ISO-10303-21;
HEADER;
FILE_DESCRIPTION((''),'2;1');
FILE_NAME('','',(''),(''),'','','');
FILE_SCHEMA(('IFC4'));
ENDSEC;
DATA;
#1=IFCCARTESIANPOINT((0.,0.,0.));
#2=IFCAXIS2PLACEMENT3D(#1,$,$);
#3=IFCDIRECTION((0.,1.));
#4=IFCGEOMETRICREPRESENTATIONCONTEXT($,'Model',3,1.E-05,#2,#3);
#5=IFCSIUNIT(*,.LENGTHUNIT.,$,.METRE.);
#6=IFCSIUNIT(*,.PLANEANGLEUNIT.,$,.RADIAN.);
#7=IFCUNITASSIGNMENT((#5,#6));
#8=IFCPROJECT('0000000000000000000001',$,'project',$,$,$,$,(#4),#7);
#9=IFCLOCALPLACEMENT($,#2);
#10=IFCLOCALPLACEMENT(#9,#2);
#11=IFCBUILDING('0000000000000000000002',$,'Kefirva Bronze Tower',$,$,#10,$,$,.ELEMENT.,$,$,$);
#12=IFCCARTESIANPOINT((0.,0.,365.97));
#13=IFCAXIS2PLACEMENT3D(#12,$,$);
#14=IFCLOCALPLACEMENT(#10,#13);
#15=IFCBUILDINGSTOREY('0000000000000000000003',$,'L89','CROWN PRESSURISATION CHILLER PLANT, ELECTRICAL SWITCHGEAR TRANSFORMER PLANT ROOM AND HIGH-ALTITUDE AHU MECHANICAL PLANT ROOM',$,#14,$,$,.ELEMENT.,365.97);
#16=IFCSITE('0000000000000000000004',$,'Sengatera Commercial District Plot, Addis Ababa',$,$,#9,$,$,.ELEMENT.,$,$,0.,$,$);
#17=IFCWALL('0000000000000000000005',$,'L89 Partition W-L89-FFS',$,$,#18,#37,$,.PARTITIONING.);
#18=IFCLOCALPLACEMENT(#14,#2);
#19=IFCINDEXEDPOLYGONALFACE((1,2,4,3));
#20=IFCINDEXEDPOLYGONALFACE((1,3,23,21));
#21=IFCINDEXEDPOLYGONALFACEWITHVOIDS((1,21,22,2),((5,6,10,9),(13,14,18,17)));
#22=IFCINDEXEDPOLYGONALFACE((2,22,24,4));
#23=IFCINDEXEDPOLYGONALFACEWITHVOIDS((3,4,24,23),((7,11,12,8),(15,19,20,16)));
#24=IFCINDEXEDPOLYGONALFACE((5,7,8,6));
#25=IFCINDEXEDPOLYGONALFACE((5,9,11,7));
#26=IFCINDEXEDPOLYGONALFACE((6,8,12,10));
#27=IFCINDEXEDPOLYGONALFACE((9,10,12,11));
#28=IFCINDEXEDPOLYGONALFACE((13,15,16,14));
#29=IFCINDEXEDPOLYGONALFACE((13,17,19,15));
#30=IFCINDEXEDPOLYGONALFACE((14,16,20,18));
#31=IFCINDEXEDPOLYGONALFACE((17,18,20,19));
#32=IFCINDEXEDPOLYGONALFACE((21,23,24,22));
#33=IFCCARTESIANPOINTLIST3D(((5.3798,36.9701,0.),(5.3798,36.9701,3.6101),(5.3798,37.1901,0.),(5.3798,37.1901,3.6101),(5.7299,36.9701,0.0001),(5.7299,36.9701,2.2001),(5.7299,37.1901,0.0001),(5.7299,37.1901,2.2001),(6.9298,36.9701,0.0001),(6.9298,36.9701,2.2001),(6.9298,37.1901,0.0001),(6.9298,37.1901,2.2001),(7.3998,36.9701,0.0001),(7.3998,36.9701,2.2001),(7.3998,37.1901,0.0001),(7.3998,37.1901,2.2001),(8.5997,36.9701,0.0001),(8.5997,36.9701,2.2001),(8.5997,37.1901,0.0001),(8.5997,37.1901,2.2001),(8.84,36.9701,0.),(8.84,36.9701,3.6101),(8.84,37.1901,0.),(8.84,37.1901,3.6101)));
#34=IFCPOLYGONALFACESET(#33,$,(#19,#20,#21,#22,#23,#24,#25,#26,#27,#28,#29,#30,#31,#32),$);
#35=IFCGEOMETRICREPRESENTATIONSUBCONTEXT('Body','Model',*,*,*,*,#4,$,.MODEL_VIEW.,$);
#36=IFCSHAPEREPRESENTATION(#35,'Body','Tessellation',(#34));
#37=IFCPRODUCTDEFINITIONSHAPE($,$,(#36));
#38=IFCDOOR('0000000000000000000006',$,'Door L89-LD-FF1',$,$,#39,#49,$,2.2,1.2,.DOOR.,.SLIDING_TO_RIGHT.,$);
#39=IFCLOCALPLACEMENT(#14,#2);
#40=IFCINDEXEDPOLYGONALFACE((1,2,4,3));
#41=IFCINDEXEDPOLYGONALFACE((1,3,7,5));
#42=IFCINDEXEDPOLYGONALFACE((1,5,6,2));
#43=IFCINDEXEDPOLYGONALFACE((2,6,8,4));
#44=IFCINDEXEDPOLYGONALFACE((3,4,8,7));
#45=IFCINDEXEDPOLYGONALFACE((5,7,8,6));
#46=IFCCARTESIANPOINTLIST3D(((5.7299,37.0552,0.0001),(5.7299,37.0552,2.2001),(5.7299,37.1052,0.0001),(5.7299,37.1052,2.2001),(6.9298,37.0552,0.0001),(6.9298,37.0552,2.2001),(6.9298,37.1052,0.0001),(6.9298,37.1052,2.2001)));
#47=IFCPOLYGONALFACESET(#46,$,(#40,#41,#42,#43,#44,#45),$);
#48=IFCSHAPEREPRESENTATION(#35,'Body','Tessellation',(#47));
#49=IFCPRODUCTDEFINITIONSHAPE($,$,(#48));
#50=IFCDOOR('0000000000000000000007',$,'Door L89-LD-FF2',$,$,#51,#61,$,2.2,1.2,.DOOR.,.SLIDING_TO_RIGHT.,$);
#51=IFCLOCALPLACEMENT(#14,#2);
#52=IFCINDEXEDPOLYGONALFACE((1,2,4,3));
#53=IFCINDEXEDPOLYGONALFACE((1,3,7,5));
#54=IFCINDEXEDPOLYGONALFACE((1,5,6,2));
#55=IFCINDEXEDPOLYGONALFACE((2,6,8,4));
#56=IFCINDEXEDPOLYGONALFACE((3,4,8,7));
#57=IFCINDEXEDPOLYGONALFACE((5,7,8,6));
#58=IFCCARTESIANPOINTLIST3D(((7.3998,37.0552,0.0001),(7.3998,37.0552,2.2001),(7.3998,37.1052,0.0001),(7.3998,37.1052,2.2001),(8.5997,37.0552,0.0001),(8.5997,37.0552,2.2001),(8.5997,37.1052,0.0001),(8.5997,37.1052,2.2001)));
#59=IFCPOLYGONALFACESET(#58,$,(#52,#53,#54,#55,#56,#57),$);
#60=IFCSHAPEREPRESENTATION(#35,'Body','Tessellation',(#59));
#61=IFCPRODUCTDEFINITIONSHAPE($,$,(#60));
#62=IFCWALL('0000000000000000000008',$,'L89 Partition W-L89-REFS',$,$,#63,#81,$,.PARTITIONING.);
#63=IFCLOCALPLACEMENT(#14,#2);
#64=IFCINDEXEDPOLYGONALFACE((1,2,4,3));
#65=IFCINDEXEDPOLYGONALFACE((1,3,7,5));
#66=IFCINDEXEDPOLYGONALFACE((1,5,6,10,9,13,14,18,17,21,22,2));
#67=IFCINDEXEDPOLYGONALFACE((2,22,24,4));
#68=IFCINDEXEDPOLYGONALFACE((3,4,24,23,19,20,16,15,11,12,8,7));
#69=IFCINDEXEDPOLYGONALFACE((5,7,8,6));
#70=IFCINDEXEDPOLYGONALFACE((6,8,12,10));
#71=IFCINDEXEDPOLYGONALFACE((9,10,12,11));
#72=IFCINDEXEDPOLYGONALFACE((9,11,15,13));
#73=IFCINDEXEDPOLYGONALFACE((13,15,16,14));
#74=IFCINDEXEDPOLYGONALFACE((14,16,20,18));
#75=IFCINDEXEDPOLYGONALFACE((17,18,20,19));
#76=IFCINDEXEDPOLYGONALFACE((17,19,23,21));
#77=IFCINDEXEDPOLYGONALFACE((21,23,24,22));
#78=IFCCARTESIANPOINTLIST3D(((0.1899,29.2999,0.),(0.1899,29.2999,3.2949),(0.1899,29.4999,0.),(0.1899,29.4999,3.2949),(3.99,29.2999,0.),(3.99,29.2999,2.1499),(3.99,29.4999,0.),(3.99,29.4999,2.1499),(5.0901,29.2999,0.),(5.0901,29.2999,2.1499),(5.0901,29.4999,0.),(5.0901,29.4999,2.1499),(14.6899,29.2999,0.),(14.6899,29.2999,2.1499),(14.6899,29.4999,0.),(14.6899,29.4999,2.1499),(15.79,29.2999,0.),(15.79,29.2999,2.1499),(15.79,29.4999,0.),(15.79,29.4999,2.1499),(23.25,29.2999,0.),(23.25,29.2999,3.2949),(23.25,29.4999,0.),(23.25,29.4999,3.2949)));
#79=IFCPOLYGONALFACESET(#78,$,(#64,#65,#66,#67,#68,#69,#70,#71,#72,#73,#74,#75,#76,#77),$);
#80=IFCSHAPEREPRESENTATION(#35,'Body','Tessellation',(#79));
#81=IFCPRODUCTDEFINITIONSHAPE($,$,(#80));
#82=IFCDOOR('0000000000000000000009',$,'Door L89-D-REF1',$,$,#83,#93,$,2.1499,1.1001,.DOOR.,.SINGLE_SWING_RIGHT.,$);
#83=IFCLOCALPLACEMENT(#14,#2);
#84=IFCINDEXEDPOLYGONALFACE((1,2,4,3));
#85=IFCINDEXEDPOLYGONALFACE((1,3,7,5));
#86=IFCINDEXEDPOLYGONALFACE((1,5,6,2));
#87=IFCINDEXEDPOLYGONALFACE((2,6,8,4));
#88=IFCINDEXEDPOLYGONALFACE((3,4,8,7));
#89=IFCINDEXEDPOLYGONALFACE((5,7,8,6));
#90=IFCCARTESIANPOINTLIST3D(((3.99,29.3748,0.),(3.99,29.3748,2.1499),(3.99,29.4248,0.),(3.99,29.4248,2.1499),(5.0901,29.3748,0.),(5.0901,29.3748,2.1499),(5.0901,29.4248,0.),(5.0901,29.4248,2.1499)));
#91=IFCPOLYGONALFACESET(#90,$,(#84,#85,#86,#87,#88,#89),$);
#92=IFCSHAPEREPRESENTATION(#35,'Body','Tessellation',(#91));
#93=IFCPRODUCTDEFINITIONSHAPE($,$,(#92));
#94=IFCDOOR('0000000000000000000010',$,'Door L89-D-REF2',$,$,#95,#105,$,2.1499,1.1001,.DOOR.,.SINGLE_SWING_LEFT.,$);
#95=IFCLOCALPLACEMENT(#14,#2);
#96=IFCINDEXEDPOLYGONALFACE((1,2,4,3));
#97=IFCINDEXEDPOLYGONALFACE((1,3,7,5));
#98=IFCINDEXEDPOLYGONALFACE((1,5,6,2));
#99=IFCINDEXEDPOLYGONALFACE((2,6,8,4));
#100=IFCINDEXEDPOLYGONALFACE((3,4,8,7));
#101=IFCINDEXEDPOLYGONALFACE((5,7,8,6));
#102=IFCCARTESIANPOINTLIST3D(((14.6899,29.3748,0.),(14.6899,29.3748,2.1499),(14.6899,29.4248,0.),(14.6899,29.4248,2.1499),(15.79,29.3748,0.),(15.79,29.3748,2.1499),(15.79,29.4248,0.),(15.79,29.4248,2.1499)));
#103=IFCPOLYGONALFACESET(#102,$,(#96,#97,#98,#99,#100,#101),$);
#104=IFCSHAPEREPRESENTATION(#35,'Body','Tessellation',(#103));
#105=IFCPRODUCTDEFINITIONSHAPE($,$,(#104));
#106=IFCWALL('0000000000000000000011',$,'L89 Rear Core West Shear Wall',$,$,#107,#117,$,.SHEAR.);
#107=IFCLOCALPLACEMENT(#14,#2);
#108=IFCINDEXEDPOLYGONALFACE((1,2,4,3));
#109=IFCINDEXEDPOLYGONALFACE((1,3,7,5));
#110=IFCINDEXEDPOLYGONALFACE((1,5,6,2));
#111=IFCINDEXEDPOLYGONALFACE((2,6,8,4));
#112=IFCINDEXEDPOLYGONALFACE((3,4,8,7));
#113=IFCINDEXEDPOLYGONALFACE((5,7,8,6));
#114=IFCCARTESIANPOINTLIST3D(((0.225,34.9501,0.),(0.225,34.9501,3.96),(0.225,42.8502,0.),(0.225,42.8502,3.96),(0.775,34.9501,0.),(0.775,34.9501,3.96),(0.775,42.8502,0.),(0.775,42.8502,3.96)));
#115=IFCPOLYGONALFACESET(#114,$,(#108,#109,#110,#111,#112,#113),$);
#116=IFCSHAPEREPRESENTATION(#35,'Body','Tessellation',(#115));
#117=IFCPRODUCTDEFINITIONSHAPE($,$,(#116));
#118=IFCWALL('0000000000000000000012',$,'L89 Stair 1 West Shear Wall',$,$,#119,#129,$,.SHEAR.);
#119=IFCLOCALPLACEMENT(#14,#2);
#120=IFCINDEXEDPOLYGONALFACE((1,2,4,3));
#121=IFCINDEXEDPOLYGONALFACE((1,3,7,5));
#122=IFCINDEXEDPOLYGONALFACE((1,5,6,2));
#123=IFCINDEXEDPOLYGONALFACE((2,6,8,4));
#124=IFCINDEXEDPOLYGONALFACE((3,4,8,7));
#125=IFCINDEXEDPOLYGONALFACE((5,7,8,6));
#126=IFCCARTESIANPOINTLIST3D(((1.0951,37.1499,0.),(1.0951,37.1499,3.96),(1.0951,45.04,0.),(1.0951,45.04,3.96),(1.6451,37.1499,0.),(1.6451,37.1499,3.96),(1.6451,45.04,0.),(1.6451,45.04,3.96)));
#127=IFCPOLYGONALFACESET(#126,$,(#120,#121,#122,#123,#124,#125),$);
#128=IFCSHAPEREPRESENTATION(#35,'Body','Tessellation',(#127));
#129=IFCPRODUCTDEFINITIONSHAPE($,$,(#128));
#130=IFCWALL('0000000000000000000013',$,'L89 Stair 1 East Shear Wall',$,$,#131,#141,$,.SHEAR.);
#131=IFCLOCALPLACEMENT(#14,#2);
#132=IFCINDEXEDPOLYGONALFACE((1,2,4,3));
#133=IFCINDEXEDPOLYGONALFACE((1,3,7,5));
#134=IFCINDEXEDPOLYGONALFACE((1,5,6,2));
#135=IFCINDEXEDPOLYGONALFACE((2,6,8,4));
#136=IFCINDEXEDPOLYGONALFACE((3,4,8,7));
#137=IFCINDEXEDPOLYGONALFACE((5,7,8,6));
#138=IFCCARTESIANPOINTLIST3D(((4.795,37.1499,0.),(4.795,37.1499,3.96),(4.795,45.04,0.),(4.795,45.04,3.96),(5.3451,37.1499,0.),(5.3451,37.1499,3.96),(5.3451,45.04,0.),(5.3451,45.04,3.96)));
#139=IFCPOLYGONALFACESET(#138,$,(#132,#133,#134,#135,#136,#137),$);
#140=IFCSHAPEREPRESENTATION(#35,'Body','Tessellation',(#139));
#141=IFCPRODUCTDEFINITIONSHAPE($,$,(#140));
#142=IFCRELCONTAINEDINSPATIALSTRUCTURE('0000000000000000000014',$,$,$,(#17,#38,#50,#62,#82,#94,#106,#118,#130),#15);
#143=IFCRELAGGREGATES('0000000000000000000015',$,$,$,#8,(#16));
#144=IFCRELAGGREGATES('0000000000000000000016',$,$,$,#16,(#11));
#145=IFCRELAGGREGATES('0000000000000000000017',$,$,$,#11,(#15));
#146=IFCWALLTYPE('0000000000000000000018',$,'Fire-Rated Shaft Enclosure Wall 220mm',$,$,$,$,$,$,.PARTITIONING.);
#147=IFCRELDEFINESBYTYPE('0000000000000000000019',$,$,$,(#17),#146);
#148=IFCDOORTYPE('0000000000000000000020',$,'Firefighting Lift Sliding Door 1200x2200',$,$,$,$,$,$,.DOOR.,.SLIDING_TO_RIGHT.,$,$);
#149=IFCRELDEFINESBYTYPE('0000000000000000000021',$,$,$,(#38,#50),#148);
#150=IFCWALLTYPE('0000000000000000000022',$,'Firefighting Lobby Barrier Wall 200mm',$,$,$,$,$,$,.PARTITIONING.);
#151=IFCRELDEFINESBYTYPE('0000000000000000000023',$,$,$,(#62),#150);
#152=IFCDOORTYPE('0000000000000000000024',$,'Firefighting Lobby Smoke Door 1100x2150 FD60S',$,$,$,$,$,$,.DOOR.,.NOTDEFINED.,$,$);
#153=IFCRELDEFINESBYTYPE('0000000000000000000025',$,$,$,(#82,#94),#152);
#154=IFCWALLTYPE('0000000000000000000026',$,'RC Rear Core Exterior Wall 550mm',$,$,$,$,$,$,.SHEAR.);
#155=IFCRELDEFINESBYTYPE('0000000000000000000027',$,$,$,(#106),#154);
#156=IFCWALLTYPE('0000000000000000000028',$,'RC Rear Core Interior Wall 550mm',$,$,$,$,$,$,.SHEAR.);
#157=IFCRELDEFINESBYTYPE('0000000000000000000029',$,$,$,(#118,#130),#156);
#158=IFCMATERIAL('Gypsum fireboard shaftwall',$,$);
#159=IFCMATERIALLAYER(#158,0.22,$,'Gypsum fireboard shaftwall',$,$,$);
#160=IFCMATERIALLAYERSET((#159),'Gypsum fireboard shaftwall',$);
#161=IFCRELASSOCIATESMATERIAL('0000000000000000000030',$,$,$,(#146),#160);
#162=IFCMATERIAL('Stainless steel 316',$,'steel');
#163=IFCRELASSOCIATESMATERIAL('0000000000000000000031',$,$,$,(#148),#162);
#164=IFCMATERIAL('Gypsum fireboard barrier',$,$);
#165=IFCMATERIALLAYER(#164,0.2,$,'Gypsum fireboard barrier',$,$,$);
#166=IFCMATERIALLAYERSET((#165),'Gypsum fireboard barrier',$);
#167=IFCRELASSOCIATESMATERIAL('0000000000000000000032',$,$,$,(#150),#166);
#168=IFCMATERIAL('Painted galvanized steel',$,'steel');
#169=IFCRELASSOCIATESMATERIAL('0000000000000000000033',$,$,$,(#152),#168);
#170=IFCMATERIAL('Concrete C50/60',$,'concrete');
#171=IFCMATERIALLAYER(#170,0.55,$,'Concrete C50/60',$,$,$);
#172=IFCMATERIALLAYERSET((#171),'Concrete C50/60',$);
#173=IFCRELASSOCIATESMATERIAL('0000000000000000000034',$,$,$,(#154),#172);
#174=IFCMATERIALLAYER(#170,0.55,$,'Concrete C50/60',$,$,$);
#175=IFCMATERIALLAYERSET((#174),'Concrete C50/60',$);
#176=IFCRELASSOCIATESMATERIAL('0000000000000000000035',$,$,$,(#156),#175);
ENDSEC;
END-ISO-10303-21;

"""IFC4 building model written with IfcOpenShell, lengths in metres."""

from ifc_helpers import new_model, si_unit, direction, frame, frame_2d, origin, place, context, subcontext, project, spatial, rectangle, extrude, material, layer, layer_set, type_object, element, fill, save


model = new_model("IFC4")

# Units and contexts
model_context = context("Model", 3, precision=1e-05, world=origin(), true_north=direction((0.0, 1.0)))
body_context = subcontext(model_context, "Body", "Model", "MODEL_VIEW")
ifc_project = project(units=[si_unit("LENGTHUNIT", "METRE"), si_unit("PLANEANGLEUNIT", "RADIAN")], contexts=[model_context])

# Site, building, storey
site_placement = place(None, origin())
site = spatial("IfcSite", under=ifc_project, at=site_placement, Name="Sengatera Commercial District Plot, Addis Ababa", CompositionType="ELEMENT", RefElevation=0.0)
building_placement = place(site_placement, origin())
building = spatial("IfcBuilding", under=site, at=building_placement, Name="Kefirva Bronze Tower", CompositionType="ELEMENT")
storey_placement = place(building_placement, frame((0.0, 0.0, 365.97)))
storey = spatial("IfcBuildingStorey", under=building, at=storey_placement, Name="L89", Description="CROWN PRESSURISATION CHILLER PLANT, ELECTRICAL SWITCHGEAR TRANSFORMER PLANT ROOM AND HIGH-ALTITUDE AHU MECHANICAL PLANT ROOM", CompositionType="ELEMENT", Elevation=365.97)

# Shared definitions
ifc_material_1 = material(Name="Concrete C50/60", Category="concrete")

# Shared definitions
ifc_material_2 = material(Name="Gypsum fireboard shaftwall")
ifc_layer_1 = layer(ifc_material_2, 0.22, Name="Gypsum fireboard shaftwall")
ifc_layer_set_1 = layer_set([ifc_layer_1], Name="Gypsum fireboard shaftwall")
wall_type_1 = type_object("IfcWallType", Name="Fire-Rated Shaft Enclosure Wall 220mm", PredefinedType="PARTITIONING", material=ifc_layer_set_1)
ifc_material_3 = material(Name="Painted galvanized steel", Category="steel")

# Walls, openings, doors
wall_1_placement = place(storey_placement, frame((5.3799, 37.0801, 0.0), z_axis=(0.0, 0.0, 1.0), x_axis=(1.0, 0.0, 0.0)))
wall_1 = element("IfcWall", 1, at=wall_1_placement, inside=storey, type_object=wall_type_1, Name="L89 Partition W-L89-FFS", PredefinedType="PARTITIONING", context=body_context, shape_type="SweptSolid", body=[
    extrude(rectangle(XDim=3.4602, YDim=0.22, at=frame_2d((1.73, 0.0))), origin(), (0.0, 0.0, 1.0), 3.6101),
])
opening_1_placement = place(wall_1_placement, frame((1.55, 0.0, 0.0), z_axis=(0.0, 0.0, 1.0), x_axis=(-1.0, 0.0, 0.0)))
opening_1 = element("IfcOpeningElement", 2, at=opening_1_placement, cuts=wall_1, PredefinedType="OPENING", context=body_context, shape_type="SweptSolid", body=[
    extrude(rectangle(XDim=1.2, YDim=2.2, at=frame_2d((0.6001, 1.1001))), frame((0.0, 0.1201, 0.0), z_axis=(0.0, -1.0, 0.0), x_axis=(1.0, 0.0, 0.0)), (0.0, 0.0, 1.0), 0.24),
])
opening_2_placement = place(wall_1_placement, frame((3.22, 0.0, 0.0), z_axis=(0.0, 0.0, 1.0), x_axis=(-1.0, 0.0, 0.0)))
opening_2 = element("IfcOpeningElement", 3, at=opening_2_placement, cuts=wall_1, PredefinedType="OPENING", context=body_context, shape_type="SweptSolid", body=[
    extrude(rectangle(XDim=1.2, YDim=2.2, at=frame_2d((0.6001, 1.1001))), frame((0.0, 0.1201, 0.0), z_axis=(0.0, -1.0, 0.0), x_axis=(1.0, 0.0, 0.0)), (0.0, 0.0, 1.0), 0.24),
])
ifc_material_4 = material(Name="Stainless steel 316", Category="steel")
door_type_1 = type_object("IfcDoorType", Name="Firefighting Lift Sliding Door 1200x2200", OperationType="SLIDING_TO_RIGHT", PredefinedType="DOOR", material=ifc_material_4)
door_1_placement = place(opening_1_placement, origin())
door_1 = element("IfcDoor", 4, at=door_1_placement, inside=storey, type_object=door_type_1, Name="Door L89-LD-FF1", OperationType="SLIDING_TO_RIGHT", OverallHeight=2.2, OverallWidth=1.2, PredefinedType="DOOR", context=body_context, shape_type="SweptSolid", body=[
    extrude(rectangle(XDim=1.2, YDim=2.2, at=frame_2d((0.6001, 1.1001))), frame((0.0, 0.0249, 0.0), z_axis=(0.0, -1.0, 0.0), x_axis=(1.0, 0.0, 0.0)), (0.0, 0.0, 1.0), 0.05),
])
fill(opening_1, door_1)
door_2_placement = place(opening_2_placement, origin())
door_2 = element("IfcDoor", 5, at=door_2_placement, inside=storey, type_object=door_type_1, Name="Door L89-LD-FF2", OperationType="SLIDING_TO_RIGHT", OverallHeight=2.2, OverallWidth=1.2, PredefinedType="DOOR", context=body_context, shape_type="SweptSolid", body=[
    extrude(rectangle(XDim=1.2, YDim=2.2, at=frame_2d((0.6001, 1.1001))), frame((0.0, 0.0249, 0.0), z_axis=(0.0, -1.0, 0.0), x_axis=(1.0, 0.0, 0.0)), (0.0, 0.0, 1.0), 0.05),
])
fill(opening_2, door_2)
ifc_material_5 = material(Name="Gypsum fireboard barrier")
ifc_layer_2 = layer(ifc_material_5, 0.2, Name="Gypsum fireboard barrier")
ifc_layer_set_2 = layer_set([ifc_layer_2], Name="Gypsum fireboard barrier")
wall_type_2 = type_object("IfcWallType", Name="Firefighting Lobby Barrier Wall 200mm", PredefinedType="PARTITIONING", material=ifc_layer_set_2)
wall_2_placement = place(storey_placement, frame((0.1899, 29.3999, 0.0), z_axis=(0.0, 0.0, 1.0), x_axis=(1.0, 0.0, 0.0)))
wall_2 = element("IfcWall", 6, at=wall_2_placement, inside=storey, type_object=wall_type_2, Name="L89 Partition W-L89-REFS", PredefinedType="PARTITIONING", context=body_context, shape_type="SweptSolid", body=[
    extrude(rectangle(XDim=23.0601, YDim=0.2, at=frame_2d((11.53, 0.0))), origin(), (0.0, 0.0, 1.0), 3.2949),
])
opening_3_placement = place(wall_2_placement, frame((3.8, 0.0, 0.0)))
opening_3 = element("IfcOpeningElement", 7, at=opening_3_placement, cuts=wall_2, PredefinedType="OPENING", context=body_context, shape_type="SweptSolid", body=[
    extrude(rectangle(XDim=1.1001, YDim=2.1499, at=frame_2d((0.55, 1.075))), frame((0.0, 0.1099, 0.0), z_axis=(0.0, -1.0, 0.0), x_axis=(1.0, 0.0, 0.0)), (0.0, 0.0, 1.0), 0.22),
])
opening_4_placement = place(wall_2_placement, frame((14.5, 0.0, 0.0)))
opening_4 = element("IfcOpeningElement", 8, at=opening_4_placement, cuts=wall_2, PredefinedType="OPENING", context=body_context, shape_type="SweptSolid", body=[
    extrude(rectangle(XDim=1.1001, YDim=2.1499, at=frame_2d((0.55, 1.075))), frame((0.0, 0.1099, 0.0), z_axis=(0.0, -1.0, 0.0), x_axis=(1.0, 0.0, 0.0)), (0.0, 0.0, 1.0), 0.22),
])
door_type_2 = type_object("IfcDoorType", Name="Firefighting Lobby Smoke Door 1100x2150 FD60S", OperationType="NOTDEFINED", PredefinedType="DOOR", material=ifc_material_3)
door_3_placement = place(opening_3_placement, origin())
door_3 = element("IfcDoor", 9, at=door_3_placement, inside=storey, type_object=door_type_2, Name="Door L89-D-REF1", OperationType="SINGLE_SWING_RIGHT", OverallHeight=2.1499, OverallWidth=1.1001, PredefinedType="DOOR", context=body_context, shape_type="SweptSolid", body=[
    extrude(rectangle(XDim=1.1001, YDim=2.1499, at=frame_2d((0.55, 1.075))), frame((0.0, 0.0249, 0.0), z_axis=(0.0, -1.0, 0.0), x_axis=(1.0, 0.0, 0.0)), (0.0, 0.0, 1.0), 0.05),
])
fill(opening_3, door_3)
door_4_placement = place(opening_4_placement, origin())
door_4 = element("IfcDoor", 10, at=door_4_placement, inside=storey, type_object=door_type_2, Name="Door L89-D-REF2", OperationType="SINGLE_SWING_LEFT", OverallHeight=2.1499, OverallWidth=1.1001, PredefinedType="DOOR", context=body_context, shape_type="SweptSolid", body=[
    extrude(rectangle(XDim=1.1001, YDim=2.1499, at=frame_2d((0.55, 1.075))), frame((0.0, 0.0249, 0.0), z_axis=(0.0, -1.0, 0.0), x_axis=(1.0, 0.0, 0.0)), (0.0, 0.0, 1.0), 0.05),
])
fill(opening_4, door_4)

# Wall
ifc_layer_3 = layer(ifc_material_1, 0.55, Name="Concrete C50/60")
ifc_layer_set_3 = layer_set([ifc_layer_3], Name="Concrete C50/60")
wall_type_3 = type_object("IfcWallType", Name="RC Rear Core Exterior Wall 550mm", PredefinedType="SHEAR", material=ifc_layer_set_3)
wall_3_placement = place(storey_placement, frame((0.5, 34.95, 0.0), z_axis=(0.0, 0.0, 1.0), x_axis=(0.0, 1.0, 0.0)))
element("IfcWall", 11, at=wall_3_placement, inside=storey, type_object=wall_type_3, Name="L89 Rear Core West Shear Wall", PredefinedType="SHEAR", context=body_context, shape_type="SweptSolid", body=[
    extrude(rectangle(XDim=7.9001, YDim=0.55, at=frame_2d((3.9502, 0.0))), origin(), (0.0, 0.0, 1.0), 3.96),
])

# Shared definitions
ifc_layer_4 = layer(ifc_material_1, 0.55, Name="Concrete C50/60")
ifc_layer_set_4 = layer_set([ifc_layer_4], Name="Concrete C50/60")
wall_type_4 = type_object("IfcWallType", Name="RC Rear Core Interior Wall 550mm", PredefinedType="SHEAR", material=ifc_layer_set_4)

# Walls
for number, where, z_axis, x_axis, name in (
    (12, (1.3701, 37.1499, 0.0), (0.0, 0.0, 1.0), (0.0, 1.0, 0.0), "L89 Stair 1 West Shear Wall"),
    (13, (5.0701, 37.1499, 0.0), (0.0, 0.0, 1.0), (0.0, 1.0, 0.0), "L89 Stair 1 East Shear Wall"),
):
    element("IfcWall", number, at=place(storey_placement, frame(where, z_axis=z_axis, x_axis=x_axis)), inside=storey, type_object=wall_type_4, Name=name, PredefinedType="SHEAR", context=body_context, shape_type="SweptSolid", body=[
        extrude(rectangle(XDim=7.8901, YDim=0.55, at=frame_2d((3.9451, 0.0))), origin(), (0.0, 0.0, 1.0), 3.96),
    ])

save(model, "model.ifc")
